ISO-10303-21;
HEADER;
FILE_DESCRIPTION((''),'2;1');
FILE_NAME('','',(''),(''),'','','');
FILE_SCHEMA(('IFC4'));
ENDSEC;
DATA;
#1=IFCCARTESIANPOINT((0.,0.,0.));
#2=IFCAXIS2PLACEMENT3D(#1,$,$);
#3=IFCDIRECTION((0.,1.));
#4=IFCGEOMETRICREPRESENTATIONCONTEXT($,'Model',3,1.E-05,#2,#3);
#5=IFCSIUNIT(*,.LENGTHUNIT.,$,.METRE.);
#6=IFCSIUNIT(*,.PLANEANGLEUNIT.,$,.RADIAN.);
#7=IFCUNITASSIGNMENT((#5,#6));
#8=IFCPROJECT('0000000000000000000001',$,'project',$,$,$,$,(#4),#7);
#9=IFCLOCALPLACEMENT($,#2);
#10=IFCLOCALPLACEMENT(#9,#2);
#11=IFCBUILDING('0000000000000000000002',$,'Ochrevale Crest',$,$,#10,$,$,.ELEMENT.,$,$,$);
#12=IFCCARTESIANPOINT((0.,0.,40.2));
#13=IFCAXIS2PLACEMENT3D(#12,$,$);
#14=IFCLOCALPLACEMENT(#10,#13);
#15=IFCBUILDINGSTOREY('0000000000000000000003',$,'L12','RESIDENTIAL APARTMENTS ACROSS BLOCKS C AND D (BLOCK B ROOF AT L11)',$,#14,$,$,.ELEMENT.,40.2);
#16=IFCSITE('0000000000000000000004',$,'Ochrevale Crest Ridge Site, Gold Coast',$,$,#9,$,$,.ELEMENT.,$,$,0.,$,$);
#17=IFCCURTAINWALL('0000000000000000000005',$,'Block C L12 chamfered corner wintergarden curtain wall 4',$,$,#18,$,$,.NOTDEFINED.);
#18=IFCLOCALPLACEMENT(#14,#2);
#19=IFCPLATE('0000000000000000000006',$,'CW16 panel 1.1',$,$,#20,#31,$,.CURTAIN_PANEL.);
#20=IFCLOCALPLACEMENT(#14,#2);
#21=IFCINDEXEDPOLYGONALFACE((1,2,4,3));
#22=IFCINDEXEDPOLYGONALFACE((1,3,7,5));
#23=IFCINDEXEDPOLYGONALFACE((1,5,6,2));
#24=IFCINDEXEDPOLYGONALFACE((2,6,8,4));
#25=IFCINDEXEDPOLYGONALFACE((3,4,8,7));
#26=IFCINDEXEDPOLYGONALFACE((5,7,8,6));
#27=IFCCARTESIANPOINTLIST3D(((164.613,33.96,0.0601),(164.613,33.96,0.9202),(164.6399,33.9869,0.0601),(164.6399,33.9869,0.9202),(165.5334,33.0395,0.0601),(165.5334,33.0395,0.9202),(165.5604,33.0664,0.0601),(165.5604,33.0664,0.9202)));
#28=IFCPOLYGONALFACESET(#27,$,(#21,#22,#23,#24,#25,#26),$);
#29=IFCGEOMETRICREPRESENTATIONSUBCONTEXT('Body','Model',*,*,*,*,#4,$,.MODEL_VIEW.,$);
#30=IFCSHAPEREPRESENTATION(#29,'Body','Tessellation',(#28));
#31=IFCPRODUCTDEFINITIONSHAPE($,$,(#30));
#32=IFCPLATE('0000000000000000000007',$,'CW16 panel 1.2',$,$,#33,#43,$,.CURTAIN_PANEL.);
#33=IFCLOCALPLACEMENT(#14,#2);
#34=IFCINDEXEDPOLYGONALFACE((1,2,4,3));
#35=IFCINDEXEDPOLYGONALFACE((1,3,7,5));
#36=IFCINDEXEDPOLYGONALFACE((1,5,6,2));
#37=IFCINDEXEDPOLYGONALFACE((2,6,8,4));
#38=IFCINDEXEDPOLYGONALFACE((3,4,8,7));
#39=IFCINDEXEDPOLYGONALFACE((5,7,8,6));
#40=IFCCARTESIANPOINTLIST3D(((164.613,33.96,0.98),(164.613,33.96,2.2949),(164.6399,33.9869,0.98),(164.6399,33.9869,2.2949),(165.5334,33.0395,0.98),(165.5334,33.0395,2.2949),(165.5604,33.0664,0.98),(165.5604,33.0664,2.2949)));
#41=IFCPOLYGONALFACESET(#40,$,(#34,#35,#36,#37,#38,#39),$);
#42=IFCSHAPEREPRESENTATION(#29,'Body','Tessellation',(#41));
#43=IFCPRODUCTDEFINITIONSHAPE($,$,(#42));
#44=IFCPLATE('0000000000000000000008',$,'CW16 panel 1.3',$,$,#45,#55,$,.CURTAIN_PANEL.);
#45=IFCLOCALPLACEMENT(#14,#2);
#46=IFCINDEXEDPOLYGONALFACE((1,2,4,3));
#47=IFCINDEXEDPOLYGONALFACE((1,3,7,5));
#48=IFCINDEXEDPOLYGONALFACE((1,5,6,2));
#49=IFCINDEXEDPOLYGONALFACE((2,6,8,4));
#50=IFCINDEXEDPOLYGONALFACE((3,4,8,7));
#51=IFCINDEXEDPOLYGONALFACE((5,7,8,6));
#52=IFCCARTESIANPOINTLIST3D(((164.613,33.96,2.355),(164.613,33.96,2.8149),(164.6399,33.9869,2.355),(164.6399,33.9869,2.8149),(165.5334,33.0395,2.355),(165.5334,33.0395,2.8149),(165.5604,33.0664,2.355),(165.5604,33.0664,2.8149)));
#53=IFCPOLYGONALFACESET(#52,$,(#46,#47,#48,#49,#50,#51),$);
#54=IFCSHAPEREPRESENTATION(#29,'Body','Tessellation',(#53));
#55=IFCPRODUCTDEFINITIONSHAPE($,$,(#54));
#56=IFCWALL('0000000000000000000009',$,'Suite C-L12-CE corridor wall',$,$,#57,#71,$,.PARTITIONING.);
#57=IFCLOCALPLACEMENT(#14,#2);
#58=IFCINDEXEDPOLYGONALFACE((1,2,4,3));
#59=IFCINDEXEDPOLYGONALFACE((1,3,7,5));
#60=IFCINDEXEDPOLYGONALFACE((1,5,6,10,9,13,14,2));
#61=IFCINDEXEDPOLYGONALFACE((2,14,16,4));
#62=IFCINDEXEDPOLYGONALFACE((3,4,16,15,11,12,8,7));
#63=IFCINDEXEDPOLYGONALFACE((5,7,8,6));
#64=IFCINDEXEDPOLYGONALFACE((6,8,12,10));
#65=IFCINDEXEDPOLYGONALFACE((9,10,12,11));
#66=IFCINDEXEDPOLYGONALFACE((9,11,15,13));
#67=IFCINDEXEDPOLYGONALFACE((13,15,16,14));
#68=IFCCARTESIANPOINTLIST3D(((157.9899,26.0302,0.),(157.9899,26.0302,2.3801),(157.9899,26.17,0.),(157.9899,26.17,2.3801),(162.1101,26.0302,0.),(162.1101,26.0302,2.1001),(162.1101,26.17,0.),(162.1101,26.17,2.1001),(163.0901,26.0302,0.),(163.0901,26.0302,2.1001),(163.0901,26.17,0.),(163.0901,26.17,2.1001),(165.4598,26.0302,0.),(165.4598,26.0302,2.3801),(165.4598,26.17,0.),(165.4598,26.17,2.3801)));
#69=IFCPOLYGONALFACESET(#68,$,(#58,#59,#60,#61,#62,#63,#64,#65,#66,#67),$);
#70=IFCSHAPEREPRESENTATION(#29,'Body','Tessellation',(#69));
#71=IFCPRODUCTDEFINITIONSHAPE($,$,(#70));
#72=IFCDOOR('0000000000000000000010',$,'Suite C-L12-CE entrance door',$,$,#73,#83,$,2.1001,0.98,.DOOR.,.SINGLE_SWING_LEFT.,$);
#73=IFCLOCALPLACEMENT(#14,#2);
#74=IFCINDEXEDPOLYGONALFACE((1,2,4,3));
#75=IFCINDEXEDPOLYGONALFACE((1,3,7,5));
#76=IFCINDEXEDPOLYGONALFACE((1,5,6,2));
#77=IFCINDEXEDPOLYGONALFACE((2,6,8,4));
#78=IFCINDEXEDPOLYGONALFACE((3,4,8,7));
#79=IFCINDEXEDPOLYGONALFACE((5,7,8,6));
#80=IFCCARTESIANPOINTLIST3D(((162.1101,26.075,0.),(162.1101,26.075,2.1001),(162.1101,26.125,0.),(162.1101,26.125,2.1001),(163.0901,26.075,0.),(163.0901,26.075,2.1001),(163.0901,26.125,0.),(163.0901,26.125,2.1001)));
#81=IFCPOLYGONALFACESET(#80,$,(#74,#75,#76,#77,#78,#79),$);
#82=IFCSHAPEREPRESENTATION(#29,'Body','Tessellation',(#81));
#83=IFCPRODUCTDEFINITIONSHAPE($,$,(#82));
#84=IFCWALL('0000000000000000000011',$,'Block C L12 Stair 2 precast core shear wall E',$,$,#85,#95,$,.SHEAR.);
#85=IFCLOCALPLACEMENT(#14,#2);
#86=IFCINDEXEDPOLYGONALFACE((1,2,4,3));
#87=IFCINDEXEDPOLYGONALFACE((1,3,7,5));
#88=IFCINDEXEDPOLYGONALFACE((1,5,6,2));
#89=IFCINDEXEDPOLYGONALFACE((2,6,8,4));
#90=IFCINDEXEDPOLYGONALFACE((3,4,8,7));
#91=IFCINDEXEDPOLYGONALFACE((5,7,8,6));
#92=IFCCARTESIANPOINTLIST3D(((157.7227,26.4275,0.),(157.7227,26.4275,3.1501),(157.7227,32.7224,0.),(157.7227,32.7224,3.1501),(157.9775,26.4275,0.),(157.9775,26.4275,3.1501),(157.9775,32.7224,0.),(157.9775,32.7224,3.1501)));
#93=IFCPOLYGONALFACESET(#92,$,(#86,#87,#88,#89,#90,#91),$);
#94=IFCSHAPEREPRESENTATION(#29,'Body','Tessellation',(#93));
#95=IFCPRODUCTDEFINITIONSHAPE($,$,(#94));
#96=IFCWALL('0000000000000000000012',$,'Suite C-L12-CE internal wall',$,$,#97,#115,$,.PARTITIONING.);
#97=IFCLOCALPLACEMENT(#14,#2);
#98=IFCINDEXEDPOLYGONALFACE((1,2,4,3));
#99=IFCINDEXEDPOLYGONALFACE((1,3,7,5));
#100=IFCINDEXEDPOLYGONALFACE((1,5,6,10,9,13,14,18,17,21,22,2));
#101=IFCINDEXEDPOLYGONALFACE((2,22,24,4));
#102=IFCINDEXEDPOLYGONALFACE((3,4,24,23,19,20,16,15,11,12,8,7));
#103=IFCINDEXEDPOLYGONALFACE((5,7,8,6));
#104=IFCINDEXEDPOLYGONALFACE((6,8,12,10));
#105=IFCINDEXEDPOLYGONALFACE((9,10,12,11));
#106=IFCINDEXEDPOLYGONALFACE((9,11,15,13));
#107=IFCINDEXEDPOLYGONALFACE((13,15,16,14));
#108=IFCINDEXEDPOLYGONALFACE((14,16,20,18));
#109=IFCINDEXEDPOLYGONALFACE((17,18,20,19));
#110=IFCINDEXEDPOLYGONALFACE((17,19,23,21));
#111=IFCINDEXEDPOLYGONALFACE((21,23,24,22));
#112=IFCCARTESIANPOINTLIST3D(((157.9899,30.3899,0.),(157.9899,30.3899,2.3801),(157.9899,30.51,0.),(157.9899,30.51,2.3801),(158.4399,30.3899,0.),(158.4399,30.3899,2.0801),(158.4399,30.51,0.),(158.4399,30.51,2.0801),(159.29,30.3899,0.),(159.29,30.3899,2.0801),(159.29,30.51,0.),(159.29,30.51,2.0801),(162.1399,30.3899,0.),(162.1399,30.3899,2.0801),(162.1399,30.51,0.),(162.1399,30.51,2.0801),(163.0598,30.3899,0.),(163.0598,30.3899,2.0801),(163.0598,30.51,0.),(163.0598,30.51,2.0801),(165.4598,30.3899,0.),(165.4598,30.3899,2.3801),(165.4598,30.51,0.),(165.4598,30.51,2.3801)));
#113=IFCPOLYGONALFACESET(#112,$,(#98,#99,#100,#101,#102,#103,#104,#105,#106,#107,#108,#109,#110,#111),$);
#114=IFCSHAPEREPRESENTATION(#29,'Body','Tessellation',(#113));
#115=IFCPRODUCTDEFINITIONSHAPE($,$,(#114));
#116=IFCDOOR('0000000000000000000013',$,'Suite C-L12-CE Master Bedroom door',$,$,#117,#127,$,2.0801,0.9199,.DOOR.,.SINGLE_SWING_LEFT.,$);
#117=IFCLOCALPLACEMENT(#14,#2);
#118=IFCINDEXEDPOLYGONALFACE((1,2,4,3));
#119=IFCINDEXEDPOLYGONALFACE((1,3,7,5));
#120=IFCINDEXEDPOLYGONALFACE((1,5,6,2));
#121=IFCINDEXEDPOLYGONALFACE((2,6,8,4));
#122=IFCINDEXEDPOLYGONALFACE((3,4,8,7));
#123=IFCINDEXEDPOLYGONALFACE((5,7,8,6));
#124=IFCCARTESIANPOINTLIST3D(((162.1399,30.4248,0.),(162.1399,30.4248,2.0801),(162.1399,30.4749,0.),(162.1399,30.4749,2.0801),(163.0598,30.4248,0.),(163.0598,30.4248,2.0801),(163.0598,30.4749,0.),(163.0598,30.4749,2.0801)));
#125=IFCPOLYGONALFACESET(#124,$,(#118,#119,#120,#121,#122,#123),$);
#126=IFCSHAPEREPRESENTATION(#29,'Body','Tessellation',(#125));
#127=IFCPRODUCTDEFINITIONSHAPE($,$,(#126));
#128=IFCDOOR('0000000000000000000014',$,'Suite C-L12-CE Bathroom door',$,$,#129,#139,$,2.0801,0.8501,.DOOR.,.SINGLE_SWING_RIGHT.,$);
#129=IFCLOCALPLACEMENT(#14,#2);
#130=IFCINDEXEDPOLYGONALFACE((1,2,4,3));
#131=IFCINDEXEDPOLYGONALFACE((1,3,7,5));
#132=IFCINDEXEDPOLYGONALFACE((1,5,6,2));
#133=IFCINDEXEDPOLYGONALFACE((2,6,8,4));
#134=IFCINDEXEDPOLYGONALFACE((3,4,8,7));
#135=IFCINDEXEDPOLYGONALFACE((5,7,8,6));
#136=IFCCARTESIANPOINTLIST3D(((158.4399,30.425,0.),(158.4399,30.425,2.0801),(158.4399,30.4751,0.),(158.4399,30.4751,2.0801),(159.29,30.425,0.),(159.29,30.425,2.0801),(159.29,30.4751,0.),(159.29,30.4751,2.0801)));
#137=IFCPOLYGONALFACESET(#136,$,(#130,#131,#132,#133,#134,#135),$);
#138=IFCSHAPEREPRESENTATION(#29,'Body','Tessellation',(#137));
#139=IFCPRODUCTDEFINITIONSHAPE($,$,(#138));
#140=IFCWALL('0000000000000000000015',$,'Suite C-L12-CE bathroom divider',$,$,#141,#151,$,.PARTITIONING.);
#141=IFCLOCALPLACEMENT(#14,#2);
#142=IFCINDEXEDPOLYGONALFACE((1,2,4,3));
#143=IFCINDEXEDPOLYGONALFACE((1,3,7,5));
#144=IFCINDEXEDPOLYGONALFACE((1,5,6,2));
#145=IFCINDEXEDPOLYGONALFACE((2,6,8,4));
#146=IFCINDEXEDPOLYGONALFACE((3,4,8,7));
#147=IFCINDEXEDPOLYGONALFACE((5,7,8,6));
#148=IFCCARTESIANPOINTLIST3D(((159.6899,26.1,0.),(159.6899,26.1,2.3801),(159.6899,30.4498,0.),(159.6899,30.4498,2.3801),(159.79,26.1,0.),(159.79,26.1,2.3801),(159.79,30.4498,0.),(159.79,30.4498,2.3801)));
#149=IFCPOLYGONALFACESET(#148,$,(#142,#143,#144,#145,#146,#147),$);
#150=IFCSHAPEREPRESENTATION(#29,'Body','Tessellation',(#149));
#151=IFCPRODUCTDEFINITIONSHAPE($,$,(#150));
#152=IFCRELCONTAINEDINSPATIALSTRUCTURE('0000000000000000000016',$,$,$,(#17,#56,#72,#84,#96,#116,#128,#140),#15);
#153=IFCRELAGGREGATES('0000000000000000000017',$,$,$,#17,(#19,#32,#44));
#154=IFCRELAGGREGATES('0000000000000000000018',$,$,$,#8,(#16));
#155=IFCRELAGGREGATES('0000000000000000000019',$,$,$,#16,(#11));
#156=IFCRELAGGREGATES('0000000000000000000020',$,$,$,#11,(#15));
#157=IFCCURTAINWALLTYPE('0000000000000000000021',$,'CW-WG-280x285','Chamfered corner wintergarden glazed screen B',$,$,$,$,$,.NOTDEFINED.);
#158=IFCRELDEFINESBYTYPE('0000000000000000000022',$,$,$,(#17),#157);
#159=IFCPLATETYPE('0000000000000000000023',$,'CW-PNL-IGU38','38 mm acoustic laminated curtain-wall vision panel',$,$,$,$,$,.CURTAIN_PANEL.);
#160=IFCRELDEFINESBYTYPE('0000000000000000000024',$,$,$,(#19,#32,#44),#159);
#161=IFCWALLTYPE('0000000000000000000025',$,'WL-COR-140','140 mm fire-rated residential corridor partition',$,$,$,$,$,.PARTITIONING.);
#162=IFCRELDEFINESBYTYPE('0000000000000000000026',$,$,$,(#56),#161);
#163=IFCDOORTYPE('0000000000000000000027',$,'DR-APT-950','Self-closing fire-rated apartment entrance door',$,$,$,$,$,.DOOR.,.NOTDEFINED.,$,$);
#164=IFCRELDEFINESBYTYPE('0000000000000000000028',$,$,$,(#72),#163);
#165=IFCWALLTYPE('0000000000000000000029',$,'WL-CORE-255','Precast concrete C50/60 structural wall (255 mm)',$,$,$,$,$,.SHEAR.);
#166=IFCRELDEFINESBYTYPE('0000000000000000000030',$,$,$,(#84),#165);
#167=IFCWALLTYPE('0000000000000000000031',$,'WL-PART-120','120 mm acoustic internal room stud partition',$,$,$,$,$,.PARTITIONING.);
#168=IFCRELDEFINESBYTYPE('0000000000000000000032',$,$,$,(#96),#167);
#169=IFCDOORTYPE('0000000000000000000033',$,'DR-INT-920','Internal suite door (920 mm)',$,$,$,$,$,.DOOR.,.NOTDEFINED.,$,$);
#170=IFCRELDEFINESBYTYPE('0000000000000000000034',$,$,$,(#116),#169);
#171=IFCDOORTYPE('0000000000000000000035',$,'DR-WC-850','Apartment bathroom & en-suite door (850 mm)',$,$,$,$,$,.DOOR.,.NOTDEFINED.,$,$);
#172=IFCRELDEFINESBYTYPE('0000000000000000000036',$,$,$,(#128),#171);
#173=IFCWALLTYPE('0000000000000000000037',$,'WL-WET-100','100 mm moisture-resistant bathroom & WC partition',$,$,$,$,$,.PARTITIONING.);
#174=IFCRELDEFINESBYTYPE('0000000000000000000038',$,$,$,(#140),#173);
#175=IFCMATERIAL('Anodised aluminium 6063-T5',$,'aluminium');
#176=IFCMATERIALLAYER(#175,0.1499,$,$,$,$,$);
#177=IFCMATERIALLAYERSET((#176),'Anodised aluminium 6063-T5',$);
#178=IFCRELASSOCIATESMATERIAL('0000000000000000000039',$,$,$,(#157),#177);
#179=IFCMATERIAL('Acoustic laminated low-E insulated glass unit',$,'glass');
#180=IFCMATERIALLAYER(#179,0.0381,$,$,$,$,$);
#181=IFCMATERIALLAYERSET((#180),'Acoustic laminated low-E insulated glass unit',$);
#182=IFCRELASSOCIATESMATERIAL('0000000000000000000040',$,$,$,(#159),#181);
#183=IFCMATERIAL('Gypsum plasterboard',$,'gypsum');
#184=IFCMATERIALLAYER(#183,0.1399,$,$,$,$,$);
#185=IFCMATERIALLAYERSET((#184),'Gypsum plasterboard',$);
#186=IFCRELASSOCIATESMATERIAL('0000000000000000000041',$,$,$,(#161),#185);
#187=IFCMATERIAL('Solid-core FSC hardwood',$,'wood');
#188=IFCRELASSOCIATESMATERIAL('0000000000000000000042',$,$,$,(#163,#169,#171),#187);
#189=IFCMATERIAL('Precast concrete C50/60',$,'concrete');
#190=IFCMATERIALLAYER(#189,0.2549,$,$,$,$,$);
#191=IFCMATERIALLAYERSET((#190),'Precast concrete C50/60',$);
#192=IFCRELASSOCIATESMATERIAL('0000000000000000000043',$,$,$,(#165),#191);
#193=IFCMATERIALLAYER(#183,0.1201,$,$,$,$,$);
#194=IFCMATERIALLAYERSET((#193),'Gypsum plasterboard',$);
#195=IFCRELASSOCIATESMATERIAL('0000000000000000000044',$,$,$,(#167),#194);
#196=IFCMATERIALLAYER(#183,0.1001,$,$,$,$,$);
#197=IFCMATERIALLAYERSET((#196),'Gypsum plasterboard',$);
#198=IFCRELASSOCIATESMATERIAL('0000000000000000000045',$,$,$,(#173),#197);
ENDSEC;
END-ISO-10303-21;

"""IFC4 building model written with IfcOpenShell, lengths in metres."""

from ifc_helpers import new_model, si_unit, direction, frame, frame_2d, origin, origin_2d, place, context, subcontext, project, spatial, rectangle, extrude, material, layer, layer_set, type_object, element, fill, aggregate, save


model = new_model("IFC4")

# Units and contexts
model_context = context("Model", 3, precision=1e-05, world=origin(), true_north=direction((0.0, 1.0)))
body_context = subcontext(model_context, "Body", "Model", "MODEL_VIEW")
ifc_project = project(units=[si_unit("LENGTHUNIT", "METRE"), si_unit("PLANEANGLEUNIT", "RADIAN")], contexts=[model_context])

# Site, building, storey
site_placement = place(None, origin())
site = spatial("IfcSite", under=ifc_project, at=site_placement, Name="Ochrevale Crest Ridge Site, Gold Coast", CompositionType="ELEMENT", RefElevation=0.0)
building_placement = place(site_placement, origin())
building = spatial("IfcBuilding", under=site, at=building_placement, Name="Ochrevale Crest", CompositionType="ELEMENT")
storey_placement = place(building_placement, frame((0.0, 0.0, 40.2)))
storey = spatial("IfcBuildingStorey", under=building, at=storey_placement, Name="L12", Description="RESIDENTIAL APARTMENTS ACROSS BLOCKS C AND D (BLOCK B ROOF AT L11)", CompositionType="ELEMENT", Elevation=40.2)

# Shared definitions
ifc_material_1 = material(Name="Precast concrete C50/60", Category="concrete")

# Curtain wall, plates
ifc_material_2 = material(Name="Anodised aluminium 6063-T5", Category="aluminium")
ifc_layer_1 = layer(ifc_material_2, 0.1499)
ifc_layer_set_1 = layer_set([ifc_layer_1], Name="Anodised aluminium 6063-T5")
curtain_wall_type = type_object("IfcCurtainWallType", Name="CW-WG-280x285", Description="Chamfered corner wintergarden glazed screen B", PredefinedType="NOTDEFINED", material=ifc_layer_set_1)
curtain_wall_placement = place(storey_placement, origin())
curtain_wall = element("IfcCurtainWall", 1, at=curtain_wall_placement, inside=storey, type_object=curtain_wall_type, Name="Block C L12 chamfered corner wintergarden curtain wall 4", PredefinedType="NOTDEFINED")
ifc_material_3 = material(Name="Acoustic laminated low-E insulated glass unit", Category="glass")
ifc_layer_2 = layer(ifc_material_3, 0.0381)
ifc_layer_set_2 = layer_set([ifc_layer_2], Name="Acoustic laminated low-E insulated glass unit")
plate_type = type_object("IfcPlateType", Name="CW-PNL-IGU38", Description="38 mm acoustic laminated curtain-wall vision panel", PredefinedType="CURTAIN_PANEL", material=ifc_layer_set_2)
plate_1_placement = place(storey_placement, frame((165.0867, 33.5132, 0.0601), z_axis=(0.0, 0.0, 1.0), x_axis=(-0.707107, 0.707107, 0.0)))
plate_1 = element("IfcPlate", 2, at=plate_1_placement, type_object=plate_type, Name="CW16 panel 1.1", PredefinedType="CURTAIN_PANEL", context=body_context, shape_type="SweptSolid", body=[
    extrude(rectangle(XDim=1.3018, YDim=0.0381, at=origin_2d()), origin(), (0.0, 0.0, 1.0), 0.8601),
])
plate_2_placement = place(storey_placement, frame((165.0867, 33.5132, 0.98), z_axis=(0.0, 0.0, 1.0), x_axis=(-0.707107, 0.707107, 0.0)))
plate_2 = element("IfcPlate", 3, at=plate_2_placement, type_object=plate_type, Name="CW16 panel 1.2", PredefinedType="CURTAIN_PANEL", context=body_context, shape_type="SweptSolid", body=[
    extrude(rectangle(XDim=1.3018, YDim=0.0381, at=origin_2d()), origin(), (0.0, 0.0, 1.0), 1.3149),
])
plate_3_placement = place(storey_placement, frame((165.0867, 33.5132, 2.355), z_axis=(0.0, 0.0, 1.0), x_axis=(-0.707107, 0.707107, 0.0)))
plate_3 = element("IfcPlate", 4, at=plate_3_placement, type_object=plate_type, Name="CW16 panel 1.3", PredefinedType="CURTAIN_PANEL", context=body_context, shape_type="SweptSolid", body=[
    extrude(rectangle(XDim=1.3018, YDim=0.0381, at=origin_2d()), origin(), (0.0, 0.0, 1.0), 0.46),
])
aggregate(curtain_wall, [plate_1, plate_2, plate_3])

# Wall, opening, door
ifc_material_4 = material(Name="Gypsum plasterboard", Category="gypsum")
ifc_layer_3 = layer(ifc_material_4, 0.1399)
ifc_layer_set_3 = layer_set([ifc_layer_3], Name="Gypsum plasterboard")
wall_type_1 = type_object("IfcWallType", Name="WL-COR-140", Description="140 mm fire-rated residential corridor partition", PredefinedType="PARTITIONING", material=ifc_layer_set_3)
wall_1_placement = place(storey_placement, frame((157.99, 26.1001, 0.0), z_axis=(0.0, 0.0, 1.0), x_axis=(1.0, 0.0, 0.0)))
wall_1 = element("IfcWall", 5, at=wall_1_placement, inside=storey, type_object=wall_type_1, Name="Suite C-L12-CE corridor wall", PredefinedType="PARTITIONING", context=body_context, shape_type="SweptSolid", body=[
    extrude(rectangle(XDim=7.47, YDim=0.1399, at=frame_2d((3.7349, 0.0))), origin(), (0.0, 0.0, 1.0), 2.3801),
])
opening_1_placement = place(wall_1_placement, frame((4.1201, 0.0, 0.0)))
opening_1 = element("IfcOpeningElement", 6, at=opening_1_placement, cuts=wall_1, PredefinedType="OPENING", context=body_context, shape_type="SweptSolid", body=[
    extrude(rectangle(XDim=0.98, YDim=2.1001, at=frame_2d((0.49, 1.05))), frame((0.0, 0.0801, 0.0), z_axis=(0.0, -1.0, 0.0), x_axis=(1.0, 0.0, 0.0)), (0.0, 0.0, 1.0), 0.1599),
])
ifc_material_5 = material(Name="Solid-core FSC hardwood", Category="wood")
door_type_1 = type_object("IfcDoorType", Name="DR-APT-950", Description="Self-closing fire-rated apartment entrance door", OperationType="NOTDEFINED", PredefinedType="DOOR", material=ifc_material_5)
door_1_placement = place(opening_1_placement, origin())
door_1 = element("IfcDoor", 7, at=door_1_placement, inside=storey, type_object=door_type_1, Name="Suite C-L12-CE entrance door", OperationType="SINGLE_SWING_LEFT", OverallHeight=2.1001, OverallWidth=0.98, PredefinedType="DOOR", context=body_context, shape_type="SweptSolid", body=[
    extrude(rectangle(XDim=0.98, YDim=2.1001, at=frame_2d((0.49, 1.05))), frame((0.0, 0.0249, 0.0), z_axis=(0.0, -1.0, 0.0), x_axis=(1.0, 0.0, 0.0)), (0.0, 0.0, 1.0), 0.05),
])
fill(opening_1, door_1)

# Wall
ifc_layer_4 = layer(ifc_material_1, 0.2549)
ifc_layer_set_4 = layer_set([ifc_layer_4], Name="Precast concrete C50/60")
wall_type_2 = type_object("IfcWallType", Name="WL-CORE-255", Description="Precast concrete C50/60 structural wall (255 mm)", PredefinedType="SHEAR", material=ifc_layer_set_4)
wall_2_placement = place(storey_placement, frame((157.8501, 26.4275, 0.0), z_axis=(0.0, 0.0, 1.0), x_axis=(0.0, 1.0, 0.0)))
element("IfcWall", 8, at=wall_2_placement, inside=storey, type_object=wall_type_2, Name="Block C L12 Stair 2 precast core shear wall E", PredefinedType="SHEAR", context=body_context, shape_type="SweptSolid", body=[
    extrude(rectangle(XDim=6.2949, YDim=0.2549, at=frame_2d((3.1475, 0.0))), origin(), (0.0, 0.0, 1.0), 3.1501),
])

# Wall, openings, doors
ifc_layer_5 = layer(ifc_material_4, 0.1201)
ifc_layer_set_5 = layer_set([ifc_layer_5], Name="Gypsum plasterboard")
wall_type_3 = type_object("IfcWallType", Name="WL-PART-120", Description="120 mm acoustic internal room stud partition", PredefinedType="PARTITIONING", material=ifc_layer_set_5)
wall_3_placement = place(storey_placement, frame((157.99, 30.45, 0.0), z_axis=(0.0, 0.0, 1.0), x_axis=(1.0, 0.0, 0.0)))
wall_3 = element("IfcWall", 9, at=wall_3_placement, inside=storey, type_object=wall_type_3, Name="Suite C-L12-CE internal wall", PredefinedType="PARTITIONING", context=body_context, shape_type="SweptSolid", body=[
    extrude(rectangle(XDim=7.47, YDim=0.1201, at=frame_2d((3.7349, 0.0))), origin(), (0.0, 0.0, 1.0), 2.3801),
])
opening_2_placement = place(wall_3_placement, frame((1.3, 0.0, 0.0), z_axis=(0.0, 0.0, 1.0), x_axis=(-1.0, 0.0, 0.0)))
opening_2 = element("IfcOpeningElement", 10, at=opening_2_placement, cuts=wall_3, PredefinedType="OPENING", context=body_context, shape_type="SweptSolid", body=[
    extrude(rectangle(XDim=0.8501, YDim=2.0801, at=frame_2d((0.425, 1.04))), frame((0.0, 0.0701, 0.0), z_axis=(0.0, -1.0, 0.0), x_axis=(1.0, 0.0, 0.0)), (0.0, 0.0, 1.0), 0.1401),
])
opening_3_placement = place(wall_3_placement, frame((4.1499, 0.0, 0.0)))
opening_3 = element("IfcOpeningElement", 11, at=opening_3_placement, cuts=wall_3, PredefinedType="OPENING", context=body_context, shape_type="SweptSolid", body=[
    extrude(rectangle(XDim=0.9199, YDim=2.0801, at=frame_2d((0.46, 1.04))), frame((0.0, 0.0701, 0.0), z_axis=(0.0, -1.0, 0.0), x_axis=(1.0, 0.0, 0.0)), (0.0, 0.0, 1.0), 0.1401),
])
door_type_2 = type_object("IfcDoorType", Name="DR-INT-920", Description="Internal suite door (920 mm)", OperationType="NOTDEFINED", PredefinedType="DOOR", material=ifc_material_5)
door_2_placement = place(opening_3_placement, origin())
door_2 = element("IfcDoor", 12, at=door_2_placement, inside=storey, type_object=door_type_2, Name="Suite C-L12-CE Master Bedroom door", OperationType="SINGLE_SWING_LEFT", OverallHeight=2.0801, OverallWidth=0.9199, PredefinedType="DOOR", context=body_context, shape_type="SweptSolid", body=[
    extrude(rectangle(XDim=0.9199, YDim=2.0801, at=frame_2d((0.46, 1.04))), frame((0.0, 0.0249, 0.0), z_axis=(0.0, -1.0, 0.0), x_axis=(1.0, 0.0, 0.0)), (0.0, 0.0, 1.0), 0.05),
])
fill(opening_3, door_2)
door_type_3 = type_object("IfcDoorType", Name="DR-WC-850", Description="Apartment bathroom & en-suite door (850 mm)", OperationType="NOTDEFINED", PredefinedType="DOOR", material=ifc_material_5)
door_3_placement = place(opening_2_placement, origin())
door_3 = element("IfcDoor", 13, at=door_3_placement, inside=storey, type_object=door_type_3, Name="Suite C-L12-CE Bathroom door", OperationType="SINGLE_SWING_RIGHT", OverallHeight=2.0801, OverallWidth=0.8501, PredefinedType="DOOR", context=body_context, shape_type="SweptSolid", body=[
    extrude(rectangle(XDim=0.8501, YDim=2.0801, at=frame_2d((0.425, 1.04))), frame((0.0, 0.0249, 0.0), z_axis=(0.0, -1.0, 0.0), x_axis=(1.0, 0.0, 0.0)), (0.0, 0.0, 1.0), 0.05),
])
fill(opening_2, door_3)

# Wall
ifc_layer_6 = layer(ifc_material_4, 0.1001)
ifc_layer_set_6 = layer_set([ifc_layer_6], Name="Gypsum plasterboard")
wall_type_4 = type_object("IfcWallType", Name="WL-WET-100", Description="100 mm moisture-resistant bathroom & WC partition", PredefinedType="PARTITIONING", material=ifc_layer_set_6)
wall_4_placement = place(storey_placement, frame((159.74, 26.1001, 0.0), z_axis=(0.0, 0.0, 1.0), x_axis=(0.0, 1.0, 0.0)))
element("IfcWall", 14, at=wall_4_placement, inside=storey, type_object=wall_type_4, Name="Suite C-L12-CE bathroom divider", PredefinedType="PARTITIONING", context=body_context, shape_type="SweptSolid", body=[
    extrude(rectangle(XDim=4.3499, YDim=0.1001, at=frame_2d((2.1748, 0.0))), origin(), (0.0, 0.0, 1.0), 2.3801),
])

save(model, "model.ifc")
